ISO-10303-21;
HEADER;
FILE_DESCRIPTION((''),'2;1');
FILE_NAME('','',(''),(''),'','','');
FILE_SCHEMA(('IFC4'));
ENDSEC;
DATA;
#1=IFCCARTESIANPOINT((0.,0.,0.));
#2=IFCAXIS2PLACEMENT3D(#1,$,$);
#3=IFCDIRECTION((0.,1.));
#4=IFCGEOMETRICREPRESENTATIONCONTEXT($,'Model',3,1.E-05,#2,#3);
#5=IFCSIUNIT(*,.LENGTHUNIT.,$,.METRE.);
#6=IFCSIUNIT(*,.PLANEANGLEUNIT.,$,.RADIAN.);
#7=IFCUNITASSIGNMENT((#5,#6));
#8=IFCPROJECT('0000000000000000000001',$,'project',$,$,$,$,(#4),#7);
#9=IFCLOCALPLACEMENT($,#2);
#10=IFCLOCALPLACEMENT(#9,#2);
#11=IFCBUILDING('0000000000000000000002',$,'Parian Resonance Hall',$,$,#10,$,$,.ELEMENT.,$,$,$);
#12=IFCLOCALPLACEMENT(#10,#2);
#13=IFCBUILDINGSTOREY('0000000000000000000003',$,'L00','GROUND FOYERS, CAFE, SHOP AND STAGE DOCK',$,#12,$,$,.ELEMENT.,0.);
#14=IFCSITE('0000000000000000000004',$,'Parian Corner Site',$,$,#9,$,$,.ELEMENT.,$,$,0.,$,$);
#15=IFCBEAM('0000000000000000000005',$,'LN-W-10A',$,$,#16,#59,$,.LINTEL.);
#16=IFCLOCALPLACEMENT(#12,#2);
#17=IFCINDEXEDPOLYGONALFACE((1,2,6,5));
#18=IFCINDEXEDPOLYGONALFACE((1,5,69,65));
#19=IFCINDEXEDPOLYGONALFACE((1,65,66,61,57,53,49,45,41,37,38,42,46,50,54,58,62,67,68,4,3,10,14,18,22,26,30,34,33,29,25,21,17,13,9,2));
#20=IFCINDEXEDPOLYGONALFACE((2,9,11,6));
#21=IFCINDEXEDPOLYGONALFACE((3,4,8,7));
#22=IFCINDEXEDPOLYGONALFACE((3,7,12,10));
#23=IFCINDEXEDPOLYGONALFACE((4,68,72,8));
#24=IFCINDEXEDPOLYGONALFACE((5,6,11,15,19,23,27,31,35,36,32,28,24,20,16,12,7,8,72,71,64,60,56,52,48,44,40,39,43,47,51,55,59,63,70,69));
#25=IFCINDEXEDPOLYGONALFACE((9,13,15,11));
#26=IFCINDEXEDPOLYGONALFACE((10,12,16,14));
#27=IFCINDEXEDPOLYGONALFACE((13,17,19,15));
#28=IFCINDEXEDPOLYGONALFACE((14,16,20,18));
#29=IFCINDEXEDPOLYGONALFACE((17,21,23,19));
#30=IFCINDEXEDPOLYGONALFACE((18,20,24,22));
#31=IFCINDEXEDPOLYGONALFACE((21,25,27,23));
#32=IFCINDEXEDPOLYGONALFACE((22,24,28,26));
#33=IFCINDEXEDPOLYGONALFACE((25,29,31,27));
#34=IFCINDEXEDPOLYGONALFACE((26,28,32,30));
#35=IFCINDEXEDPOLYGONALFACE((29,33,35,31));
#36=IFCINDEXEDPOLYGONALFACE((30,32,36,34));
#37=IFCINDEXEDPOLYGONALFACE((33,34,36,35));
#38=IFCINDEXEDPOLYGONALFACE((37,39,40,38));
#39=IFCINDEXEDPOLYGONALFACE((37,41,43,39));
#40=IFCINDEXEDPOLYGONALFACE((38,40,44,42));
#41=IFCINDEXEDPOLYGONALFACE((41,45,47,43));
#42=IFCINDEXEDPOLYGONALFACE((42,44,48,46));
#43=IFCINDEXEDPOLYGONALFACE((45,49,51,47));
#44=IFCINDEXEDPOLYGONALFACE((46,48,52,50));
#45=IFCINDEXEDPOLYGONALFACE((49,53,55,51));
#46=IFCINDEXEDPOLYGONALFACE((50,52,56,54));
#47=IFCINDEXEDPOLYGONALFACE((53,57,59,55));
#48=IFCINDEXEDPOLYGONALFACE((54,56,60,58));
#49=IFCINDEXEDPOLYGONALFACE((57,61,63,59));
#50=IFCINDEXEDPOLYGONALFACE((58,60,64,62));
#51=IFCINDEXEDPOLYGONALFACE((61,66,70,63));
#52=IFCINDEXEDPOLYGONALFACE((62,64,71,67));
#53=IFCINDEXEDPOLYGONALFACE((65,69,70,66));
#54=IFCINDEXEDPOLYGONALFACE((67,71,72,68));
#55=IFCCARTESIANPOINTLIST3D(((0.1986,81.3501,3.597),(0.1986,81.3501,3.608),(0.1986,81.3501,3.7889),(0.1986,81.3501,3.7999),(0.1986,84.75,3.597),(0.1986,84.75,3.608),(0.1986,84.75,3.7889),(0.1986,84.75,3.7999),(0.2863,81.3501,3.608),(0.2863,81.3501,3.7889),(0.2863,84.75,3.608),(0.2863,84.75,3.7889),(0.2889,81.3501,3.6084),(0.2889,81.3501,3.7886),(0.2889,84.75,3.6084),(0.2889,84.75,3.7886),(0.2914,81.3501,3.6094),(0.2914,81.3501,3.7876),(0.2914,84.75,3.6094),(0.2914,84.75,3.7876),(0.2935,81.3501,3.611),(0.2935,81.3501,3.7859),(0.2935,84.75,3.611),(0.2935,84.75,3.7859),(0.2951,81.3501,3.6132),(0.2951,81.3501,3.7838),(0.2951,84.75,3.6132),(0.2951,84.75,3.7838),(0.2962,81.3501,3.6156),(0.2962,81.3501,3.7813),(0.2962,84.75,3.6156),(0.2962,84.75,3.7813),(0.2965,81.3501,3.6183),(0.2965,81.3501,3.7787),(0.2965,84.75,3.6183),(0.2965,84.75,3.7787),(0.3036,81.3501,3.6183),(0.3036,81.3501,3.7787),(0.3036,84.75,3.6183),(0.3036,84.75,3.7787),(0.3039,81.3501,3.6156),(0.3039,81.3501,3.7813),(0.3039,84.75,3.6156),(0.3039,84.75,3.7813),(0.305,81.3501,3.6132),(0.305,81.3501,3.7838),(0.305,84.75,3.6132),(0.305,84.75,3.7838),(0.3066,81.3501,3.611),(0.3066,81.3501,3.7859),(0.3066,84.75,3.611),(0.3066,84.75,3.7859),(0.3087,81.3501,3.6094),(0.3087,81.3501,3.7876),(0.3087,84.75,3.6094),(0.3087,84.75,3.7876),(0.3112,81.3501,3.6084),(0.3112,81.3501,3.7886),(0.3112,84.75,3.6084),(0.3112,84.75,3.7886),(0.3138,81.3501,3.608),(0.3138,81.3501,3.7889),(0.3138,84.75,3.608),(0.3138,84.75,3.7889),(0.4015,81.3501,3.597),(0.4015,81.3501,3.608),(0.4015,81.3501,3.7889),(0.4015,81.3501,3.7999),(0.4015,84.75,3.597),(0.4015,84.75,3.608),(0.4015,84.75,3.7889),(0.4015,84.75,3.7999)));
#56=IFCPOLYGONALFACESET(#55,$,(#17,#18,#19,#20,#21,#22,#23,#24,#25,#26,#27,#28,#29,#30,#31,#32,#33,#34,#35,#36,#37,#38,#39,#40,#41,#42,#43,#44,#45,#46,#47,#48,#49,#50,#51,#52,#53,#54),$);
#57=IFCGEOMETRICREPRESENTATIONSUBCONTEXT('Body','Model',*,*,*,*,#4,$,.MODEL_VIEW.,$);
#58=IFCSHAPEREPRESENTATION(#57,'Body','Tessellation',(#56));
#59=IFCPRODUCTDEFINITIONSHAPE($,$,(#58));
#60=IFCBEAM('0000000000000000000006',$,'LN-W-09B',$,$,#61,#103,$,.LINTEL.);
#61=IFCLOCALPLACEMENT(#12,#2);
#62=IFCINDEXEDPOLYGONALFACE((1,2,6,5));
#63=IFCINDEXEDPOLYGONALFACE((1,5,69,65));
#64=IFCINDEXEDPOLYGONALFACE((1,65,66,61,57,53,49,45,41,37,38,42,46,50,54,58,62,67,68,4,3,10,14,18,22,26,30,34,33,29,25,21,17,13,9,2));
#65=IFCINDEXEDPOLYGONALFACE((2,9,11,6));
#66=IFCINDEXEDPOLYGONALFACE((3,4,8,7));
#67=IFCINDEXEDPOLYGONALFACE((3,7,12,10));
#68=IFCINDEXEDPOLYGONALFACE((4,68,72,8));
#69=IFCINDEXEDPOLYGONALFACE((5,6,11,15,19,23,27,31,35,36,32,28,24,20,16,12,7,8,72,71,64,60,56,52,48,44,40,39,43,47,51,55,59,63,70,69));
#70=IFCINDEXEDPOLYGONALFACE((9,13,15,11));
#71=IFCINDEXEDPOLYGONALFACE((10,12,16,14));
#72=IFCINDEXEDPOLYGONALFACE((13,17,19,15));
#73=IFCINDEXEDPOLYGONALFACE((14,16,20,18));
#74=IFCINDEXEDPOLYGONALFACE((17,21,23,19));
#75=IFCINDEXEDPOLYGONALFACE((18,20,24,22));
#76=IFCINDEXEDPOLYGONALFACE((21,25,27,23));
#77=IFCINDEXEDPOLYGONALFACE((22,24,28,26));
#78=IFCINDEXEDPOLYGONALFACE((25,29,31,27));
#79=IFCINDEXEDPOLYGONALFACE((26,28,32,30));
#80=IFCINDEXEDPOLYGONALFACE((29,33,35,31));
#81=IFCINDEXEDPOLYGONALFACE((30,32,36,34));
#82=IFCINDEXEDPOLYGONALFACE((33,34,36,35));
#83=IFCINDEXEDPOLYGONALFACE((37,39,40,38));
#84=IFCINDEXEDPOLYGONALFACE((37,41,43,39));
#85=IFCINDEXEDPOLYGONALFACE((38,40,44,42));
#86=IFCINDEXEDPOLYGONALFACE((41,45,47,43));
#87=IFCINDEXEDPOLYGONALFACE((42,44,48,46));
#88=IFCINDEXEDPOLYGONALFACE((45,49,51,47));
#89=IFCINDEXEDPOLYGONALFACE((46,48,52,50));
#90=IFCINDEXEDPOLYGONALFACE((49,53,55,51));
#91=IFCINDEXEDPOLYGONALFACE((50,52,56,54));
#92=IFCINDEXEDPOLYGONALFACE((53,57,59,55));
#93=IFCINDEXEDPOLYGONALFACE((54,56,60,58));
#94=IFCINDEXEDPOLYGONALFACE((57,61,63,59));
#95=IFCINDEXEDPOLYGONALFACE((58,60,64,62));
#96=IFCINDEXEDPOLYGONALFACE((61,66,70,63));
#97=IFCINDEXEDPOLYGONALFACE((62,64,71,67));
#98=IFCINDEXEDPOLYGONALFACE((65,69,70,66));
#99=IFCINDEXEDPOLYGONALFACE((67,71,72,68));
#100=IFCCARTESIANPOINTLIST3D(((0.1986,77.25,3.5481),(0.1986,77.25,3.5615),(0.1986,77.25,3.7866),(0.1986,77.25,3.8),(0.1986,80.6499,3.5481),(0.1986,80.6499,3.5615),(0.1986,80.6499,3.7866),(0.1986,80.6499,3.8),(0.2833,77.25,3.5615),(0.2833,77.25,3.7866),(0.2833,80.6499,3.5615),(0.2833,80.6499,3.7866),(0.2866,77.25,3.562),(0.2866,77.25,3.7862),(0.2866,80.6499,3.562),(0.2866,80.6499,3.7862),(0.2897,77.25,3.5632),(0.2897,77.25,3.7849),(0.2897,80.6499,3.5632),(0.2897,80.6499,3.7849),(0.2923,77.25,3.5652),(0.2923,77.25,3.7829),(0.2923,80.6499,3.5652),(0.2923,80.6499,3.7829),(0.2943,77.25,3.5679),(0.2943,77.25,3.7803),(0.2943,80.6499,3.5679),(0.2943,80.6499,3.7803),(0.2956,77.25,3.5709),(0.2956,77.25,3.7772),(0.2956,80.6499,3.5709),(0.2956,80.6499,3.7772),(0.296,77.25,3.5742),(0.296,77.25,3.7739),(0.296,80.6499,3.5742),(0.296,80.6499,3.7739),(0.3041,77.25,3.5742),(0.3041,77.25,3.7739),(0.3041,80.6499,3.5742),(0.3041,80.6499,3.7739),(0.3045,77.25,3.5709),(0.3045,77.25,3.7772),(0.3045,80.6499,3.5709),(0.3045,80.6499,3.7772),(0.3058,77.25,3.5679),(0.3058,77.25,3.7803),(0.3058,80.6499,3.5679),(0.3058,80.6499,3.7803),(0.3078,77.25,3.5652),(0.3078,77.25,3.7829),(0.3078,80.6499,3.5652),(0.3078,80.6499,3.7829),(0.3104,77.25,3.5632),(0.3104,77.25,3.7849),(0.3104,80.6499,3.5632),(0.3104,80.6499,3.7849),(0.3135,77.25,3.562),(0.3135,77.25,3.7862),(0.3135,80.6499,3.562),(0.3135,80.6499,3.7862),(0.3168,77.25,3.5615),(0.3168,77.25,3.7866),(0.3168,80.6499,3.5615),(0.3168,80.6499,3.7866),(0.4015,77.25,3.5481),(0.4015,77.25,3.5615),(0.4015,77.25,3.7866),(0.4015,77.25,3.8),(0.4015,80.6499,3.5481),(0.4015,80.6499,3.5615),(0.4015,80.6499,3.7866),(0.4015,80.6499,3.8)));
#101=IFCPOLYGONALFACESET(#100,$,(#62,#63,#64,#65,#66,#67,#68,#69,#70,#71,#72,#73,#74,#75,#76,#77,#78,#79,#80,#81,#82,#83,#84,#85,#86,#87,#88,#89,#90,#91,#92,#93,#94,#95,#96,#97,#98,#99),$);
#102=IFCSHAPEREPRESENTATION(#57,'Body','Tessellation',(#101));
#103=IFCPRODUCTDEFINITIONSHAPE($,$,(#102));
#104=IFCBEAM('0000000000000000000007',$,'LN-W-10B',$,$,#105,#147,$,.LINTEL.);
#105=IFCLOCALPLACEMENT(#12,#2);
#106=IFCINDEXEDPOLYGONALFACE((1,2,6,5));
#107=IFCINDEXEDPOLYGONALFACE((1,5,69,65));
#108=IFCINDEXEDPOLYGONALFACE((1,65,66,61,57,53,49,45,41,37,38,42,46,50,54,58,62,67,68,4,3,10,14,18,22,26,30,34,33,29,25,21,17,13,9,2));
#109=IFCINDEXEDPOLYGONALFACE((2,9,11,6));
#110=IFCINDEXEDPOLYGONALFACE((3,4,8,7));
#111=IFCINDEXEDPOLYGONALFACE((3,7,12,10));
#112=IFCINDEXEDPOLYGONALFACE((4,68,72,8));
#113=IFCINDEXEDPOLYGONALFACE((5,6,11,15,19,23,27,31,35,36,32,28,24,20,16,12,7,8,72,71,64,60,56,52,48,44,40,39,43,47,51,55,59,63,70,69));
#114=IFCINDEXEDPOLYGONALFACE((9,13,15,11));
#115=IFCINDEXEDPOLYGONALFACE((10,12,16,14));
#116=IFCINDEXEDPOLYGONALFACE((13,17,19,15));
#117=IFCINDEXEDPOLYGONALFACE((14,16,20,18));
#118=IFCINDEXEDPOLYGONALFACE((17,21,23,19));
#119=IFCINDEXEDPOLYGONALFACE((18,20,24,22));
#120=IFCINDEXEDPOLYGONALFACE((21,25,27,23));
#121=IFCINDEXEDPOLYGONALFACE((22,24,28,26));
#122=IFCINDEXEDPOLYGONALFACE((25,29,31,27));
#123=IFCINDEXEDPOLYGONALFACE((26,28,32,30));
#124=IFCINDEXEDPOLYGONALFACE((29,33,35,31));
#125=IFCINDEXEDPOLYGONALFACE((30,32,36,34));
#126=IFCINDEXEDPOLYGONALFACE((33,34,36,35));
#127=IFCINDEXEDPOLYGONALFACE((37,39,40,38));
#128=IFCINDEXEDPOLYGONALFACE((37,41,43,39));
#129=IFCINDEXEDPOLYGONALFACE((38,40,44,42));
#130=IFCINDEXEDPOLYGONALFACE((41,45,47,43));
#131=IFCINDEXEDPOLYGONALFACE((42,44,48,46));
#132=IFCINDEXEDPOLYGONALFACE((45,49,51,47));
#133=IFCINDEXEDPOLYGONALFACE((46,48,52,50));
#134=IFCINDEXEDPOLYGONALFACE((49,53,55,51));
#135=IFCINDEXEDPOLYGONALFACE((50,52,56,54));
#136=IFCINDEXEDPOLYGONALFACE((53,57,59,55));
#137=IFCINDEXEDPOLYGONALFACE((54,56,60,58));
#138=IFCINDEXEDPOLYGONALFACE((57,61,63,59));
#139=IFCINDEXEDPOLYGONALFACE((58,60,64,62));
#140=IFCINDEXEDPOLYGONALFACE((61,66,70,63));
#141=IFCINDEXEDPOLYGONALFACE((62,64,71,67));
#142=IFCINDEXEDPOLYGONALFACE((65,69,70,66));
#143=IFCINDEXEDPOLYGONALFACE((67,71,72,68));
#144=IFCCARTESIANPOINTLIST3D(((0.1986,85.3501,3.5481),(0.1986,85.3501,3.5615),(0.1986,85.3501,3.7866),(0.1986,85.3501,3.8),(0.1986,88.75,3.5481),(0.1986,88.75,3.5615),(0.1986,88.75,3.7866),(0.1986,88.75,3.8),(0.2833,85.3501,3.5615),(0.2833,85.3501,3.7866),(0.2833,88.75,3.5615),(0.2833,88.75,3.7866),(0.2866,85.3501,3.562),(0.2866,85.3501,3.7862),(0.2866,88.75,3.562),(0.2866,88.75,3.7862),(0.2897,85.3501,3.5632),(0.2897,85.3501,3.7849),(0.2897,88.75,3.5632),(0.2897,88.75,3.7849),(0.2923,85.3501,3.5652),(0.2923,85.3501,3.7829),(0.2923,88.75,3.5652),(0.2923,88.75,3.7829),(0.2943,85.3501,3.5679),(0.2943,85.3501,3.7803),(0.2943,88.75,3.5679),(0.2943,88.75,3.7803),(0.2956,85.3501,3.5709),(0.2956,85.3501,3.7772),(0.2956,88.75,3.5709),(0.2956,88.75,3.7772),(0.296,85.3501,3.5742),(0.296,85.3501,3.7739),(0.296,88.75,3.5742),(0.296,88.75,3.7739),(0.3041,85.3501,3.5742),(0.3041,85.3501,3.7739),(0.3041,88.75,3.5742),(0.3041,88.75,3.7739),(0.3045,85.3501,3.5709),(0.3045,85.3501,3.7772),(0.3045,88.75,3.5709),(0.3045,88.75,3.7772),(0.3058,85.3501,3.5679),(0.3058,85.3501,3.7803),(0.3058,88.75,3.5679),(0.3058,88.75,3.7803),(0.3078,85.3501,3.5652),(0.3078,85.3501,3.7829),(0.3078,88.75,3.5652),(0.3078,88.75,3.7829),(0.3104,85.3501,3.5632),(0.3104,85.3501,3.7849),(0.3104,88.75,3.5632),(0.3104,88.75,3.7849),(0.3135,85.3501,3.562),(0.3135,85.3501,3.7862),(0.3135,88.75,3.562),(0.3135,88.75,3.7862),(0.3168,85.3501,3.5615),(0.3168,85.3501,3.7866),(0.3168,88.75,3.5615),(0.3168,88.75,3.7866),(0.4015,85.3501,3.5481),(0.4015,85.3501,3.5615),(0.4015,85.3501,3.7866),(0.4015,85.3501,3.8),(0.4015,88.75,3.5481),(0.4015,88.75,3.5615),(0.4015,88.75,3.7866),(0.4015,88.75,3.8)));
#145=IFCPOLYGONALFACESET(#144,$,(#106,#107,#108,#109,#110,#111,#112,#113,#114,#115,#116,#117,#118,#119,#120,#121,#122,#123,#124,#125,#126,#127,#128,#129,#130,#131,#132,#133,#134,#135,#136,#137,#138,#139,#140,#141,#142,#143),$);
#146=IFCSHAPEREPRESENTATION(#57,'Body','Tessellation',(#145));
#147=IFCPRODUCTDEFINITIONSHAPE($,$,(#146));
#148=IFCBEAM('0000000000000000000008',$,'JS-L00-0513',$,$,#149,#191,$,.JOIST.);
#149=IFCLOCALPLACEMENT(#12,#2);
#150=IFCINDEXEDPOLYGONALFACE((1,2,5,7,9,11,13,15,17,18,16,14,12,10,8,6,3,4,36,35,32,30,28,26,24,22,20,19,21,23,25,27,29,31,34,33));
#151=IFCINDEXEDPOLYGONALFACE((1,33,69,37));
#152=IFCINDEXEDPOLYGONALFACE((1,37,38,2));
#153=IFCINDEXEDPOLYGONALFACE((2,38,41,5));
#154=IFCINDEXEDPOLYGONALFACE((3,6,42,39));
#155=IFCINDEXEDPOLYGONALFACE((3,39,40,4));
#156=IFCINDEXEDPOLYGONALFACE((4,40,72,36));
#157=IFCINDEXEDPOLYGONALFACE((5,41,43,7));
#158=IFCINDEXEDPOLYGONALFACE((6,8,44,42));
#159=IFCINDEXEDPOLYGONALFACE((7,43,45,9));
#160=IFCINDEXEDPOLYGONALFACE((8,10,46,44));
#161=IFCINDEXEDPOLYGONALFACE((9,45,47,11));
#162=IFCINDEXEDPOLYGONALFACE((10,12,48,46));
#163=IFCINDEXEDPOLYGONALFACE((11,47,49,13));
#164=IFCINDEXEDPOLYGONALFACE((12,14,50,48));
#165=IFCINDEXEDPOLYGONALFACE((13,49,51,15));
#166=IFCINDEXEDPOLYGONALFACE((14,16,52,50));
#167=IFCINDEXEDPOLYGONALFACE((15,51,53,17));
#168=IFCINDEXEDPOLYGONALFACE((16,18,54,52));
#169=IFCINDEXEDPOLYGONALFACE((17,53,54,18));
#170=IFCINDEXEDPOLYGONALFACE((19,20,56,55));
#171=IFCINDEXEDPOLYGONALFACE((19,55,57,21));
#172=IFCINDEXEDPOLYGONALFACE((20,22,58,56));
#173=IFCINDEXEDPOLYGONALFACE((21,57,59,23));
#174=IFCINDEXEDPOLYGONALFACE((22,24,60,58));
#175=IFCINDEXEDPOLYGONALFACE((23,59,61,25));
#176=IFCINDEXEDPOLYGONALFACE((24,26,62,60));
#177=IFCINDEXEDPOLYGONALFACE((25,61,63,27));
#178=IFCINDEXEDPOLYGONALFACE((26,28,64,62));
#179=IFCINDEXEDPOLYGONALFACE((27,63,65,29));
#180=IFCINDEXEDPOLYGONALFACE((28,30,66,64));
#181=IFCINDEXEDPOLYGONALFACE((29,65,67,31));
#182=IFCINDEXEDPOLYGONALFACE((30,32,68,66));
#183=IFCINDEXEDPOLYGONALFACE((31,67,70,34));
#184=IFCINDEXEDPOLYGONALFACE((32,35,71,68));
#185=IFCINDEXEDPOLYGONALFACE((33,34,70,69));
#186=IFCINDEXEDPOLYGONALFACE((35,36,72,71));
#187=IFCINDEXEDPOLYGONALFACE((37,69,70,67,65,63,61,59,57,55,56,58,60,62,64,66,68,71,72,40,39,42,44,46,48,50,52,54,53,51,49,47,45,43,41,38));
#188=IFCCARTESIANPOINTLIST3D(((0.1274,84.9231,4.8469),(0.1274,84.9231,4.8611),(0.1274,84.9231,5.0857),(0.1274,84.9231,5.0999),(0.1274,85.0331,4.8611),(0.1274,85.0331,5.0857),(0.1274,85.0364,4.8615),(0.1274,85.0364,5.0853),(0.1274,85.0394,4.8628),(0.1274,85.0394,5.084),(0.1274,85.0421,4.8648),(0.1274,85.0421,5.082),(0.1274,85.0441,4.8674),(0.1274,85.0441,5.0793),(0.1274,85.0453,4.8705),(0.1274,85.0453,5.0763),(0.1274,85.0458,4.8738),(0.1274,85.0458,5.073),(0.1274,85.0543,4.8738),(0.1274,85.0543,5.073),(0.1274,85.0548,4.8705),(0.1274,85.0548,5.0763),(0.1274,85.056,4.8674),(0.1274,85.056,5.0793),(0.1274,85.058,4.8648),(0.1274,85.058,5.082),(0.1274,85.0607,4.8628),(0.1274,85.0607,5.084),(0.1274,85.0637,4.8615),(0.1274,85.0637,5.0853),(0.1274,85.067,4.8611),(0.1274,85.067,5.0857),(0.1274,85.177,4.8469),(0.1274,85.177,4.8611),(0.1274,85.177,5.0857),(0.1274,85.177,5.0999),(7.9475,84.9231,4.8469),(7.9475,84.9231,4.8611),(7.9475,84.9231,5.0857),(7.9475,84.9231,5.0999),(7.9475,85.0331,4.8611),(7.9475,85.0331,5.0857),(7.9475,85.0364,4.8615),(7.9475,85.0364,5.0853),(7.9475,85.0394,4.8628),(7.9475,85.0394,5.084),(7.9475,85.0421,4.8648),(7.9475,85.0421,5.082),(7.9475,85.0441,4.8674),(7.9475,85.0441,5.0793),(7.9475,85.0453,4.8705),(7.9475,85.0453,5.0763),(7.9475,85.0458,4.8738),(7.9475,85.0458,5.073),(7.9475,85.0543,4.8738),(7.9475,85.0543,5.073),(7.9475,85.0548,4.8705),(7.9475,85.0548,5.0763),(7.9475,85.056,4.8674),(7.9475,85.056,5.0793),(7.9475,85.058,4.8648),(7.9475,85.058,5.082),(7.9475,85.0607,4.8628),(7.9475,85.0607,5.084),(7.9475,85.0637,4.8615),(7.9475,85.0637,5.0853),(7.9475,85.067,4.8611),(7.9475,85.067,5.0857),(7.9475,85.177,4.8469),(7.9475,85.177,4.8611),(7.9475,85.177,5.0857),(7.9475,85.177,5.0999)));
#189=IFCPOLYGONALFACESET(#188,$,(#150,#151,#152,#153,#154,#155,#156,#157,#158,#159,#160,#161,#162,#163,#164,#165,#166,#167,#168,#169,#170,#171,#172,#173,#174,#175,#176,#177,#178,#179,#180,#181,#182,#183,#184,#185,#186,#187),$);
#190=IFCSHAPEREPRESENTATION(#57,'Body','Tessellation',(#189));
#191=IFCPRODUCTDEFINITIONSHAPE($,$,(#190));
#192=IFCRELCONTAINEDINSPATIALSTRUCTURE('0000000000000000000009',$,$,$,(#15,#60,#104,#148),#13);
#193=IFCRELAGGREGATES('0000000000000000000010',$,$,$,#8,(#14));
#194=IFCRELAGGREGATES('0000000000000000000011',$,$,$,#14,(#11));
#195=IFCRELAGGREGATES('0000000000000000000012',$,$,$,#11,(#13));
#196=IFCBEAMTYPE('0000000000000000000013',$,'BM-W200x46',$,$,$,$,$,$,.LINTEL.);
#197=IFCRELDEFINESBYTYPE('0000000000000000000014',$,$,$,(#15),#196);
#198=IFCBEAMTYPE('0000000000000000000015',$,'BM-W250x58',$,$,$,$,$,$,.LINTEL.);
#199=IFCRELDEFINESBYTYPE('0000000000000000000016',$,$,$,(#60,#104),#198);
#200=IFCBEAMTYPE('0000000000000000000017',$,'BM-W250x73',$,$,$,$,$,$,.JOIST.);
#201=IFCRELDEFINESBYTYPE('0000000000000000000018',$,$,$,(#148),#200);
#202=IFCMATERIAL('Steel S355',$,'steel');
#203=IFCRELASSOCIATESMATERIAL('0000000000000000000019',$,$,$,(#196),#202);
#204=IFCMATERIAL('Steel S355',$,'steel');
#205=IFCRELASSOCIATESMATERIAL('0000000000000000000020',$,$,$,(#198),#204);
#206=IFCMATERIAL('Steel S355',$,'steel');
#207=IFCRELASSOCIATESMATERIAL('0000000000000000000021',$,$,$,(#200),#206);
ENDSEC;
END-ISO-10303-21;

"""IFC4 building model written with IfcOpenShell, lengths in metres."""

from ifc_helpers import new_model, si_unit, direction, frame, origin, origin_2d, place, context, subcontext, project, spatial, i_section, extrude, material, material_profile, profile_set, type_object, element, save


model = new_model("IFC4")

# Units and contexts
model_context = context("Model", 3, precision=1e-05, world=origin(), true_north=direction((0.0, 1.0)))
body_context = subcontext(model_context, "Body", "Model", "MODEL_VIEW")
ifc_project = project(units=[si_unit("LENGTHUNIT", "METRE"), si_unit("PLANEANGLEUNIT", "RADIAN")], contexts=[model_context])

# Site, building, storey
site_placement = place(None, origin())
site = spatial("IfcSite", under=ifc_project, at=site_placement, Name="Parian Corner Site", CompositionType="ELEMENT", RefElevation=0.0)
building_placement = place(site_placement, origin())
building = spatial("IfcBuilding", under=site, at=building_placement, Name="Parian Resonance Hall", CompositionType="ELEMENT")
storey_placement = place(building_placement, origin())
storey = spatial("IfcBuildingStorey", under=building, at=storey_placement, Name="L00", Description="GROUND FOYERS, CAFE, SHOP AND STAGE DOCK", CompositionType="ELEMENT", Elevation=0.0)

# Beams
ifc_material_1 = material(Name="Steel S355", Category="steel")
ifc_material_profile_1 = material_profile(ifc_material_1, i_section(OverallWidth=0.2029, OverallDepth=0.2029, WebThickness=0.0071, FlangeThickness=0.011, FilletRadius=0.0103, at=origin_2d()), Name="W200x46")
ifc_profile_set_1 = profile_set([ifc_material_profile_1], Name="Steel S355")
beam_type_1 = type_object("IfcBeamType", Name="BM-W200x46", PredefinedType="LINTEL", material=ifc_profile_set_1)
beam_1_placement = place(storey_placement, frame((0.3, 81.3501, 3.6985), z_axis=(0.0, 1.0, 0.0), x_axis=(-1.0, 0.0, 0.0)))
element("IfcBeam", 1, at=beam_1_placement, inside=storey, type_object=beam_type_1, Name="LN-W-10A", PredefinedType="LINTEL", context=body_context, shape_type="SweptSolid", body=[
    extrude(i_section(OverallWidth=0.2029, OverallDepth=0.2029, WebThickness=0.0071, FlangeThickness=0.011, FilletRadius=0.0103, at=origin_2d()), origin(), (0.0, 0.0, 1.0), 3.3999),
])
ifc_material_2 = material(Name="Steel S355", Category="steel")
ifc_material_profile_2 = material_profile(ifc_material_2, i_section(OverallWidth=0.2029, OverallDepth=0.252, WebThickness=0.0081, FlangeThickness=0.0134, FilletRadius=0.0127, at=origin_2d()), Name="W250x58")
ifc_profile_set_2 = profile_set([ifc_material_profile_2], Name="Steel S355")
beam_type_2 = type_object("IfcBeamType", Name="BM-W250x58", PredefinedType="LINTEL", material=ifc_profile_set_2)
for number, where, z_axis, x_axis, name in (
    (2, (0.3, 77.25, 3.6741), (0.0, 1.0, 0.0), (-1.0, 0.0, 0.0), "LN-W-09B"),
    (3, (0.3, 85.3501, 3.6741), (0.0, 1.0, 0.0), (-1.0, 0.0, 0.0), "LN-W-10B"),
):
    element("IfcBeam", number, at=place(storey_placement, frame(where, z_axis=z_axis, x_axis=x_axis)), inside=storey, type_object=beam_type_2, Name=name, PredefinedType="LINTEL", context=body_context, shape_type="SweptSolid", body=[
        extrude(i_section(OverallWidth=0.2029, OverallDepth=0.252, WebThickness=0.0081, FlangeThickness=0.0134, FilletRadius=0.0127, at=origin_2d()), origin(), (0.0, 0.0, 1.0), 3.3999),
    ])
ifc_material_3 = material(Name="Steel S355", Category="steel")
ifc_material_profile_3 = material_profile(ifc_material_3, i_section(OverallWidth=0.2539, OverallDepth=0.2529, WebThickness=0.0085, FlangeThickness=0.0142, FilletRadius=0.0127, at=origin_2d()), Name="W250x73")
ifc_profile_set_3 = profile_set([ifc_material_profile_3], Name="Steel S355")
beam_type_3 = type_object("IfcBeamType", Name="BM-W250x73", PredefinedType="JOIST", material=ifc_profile_set_3)
for number, where, z_axis, x_axis, name in (
    (4, (0.1274, 85.05, 4.9734), (1.0, 0.0, 0.0), (0.0, 1.0, 0.0), "JS-L00-0513"),
):
    element("IfcBeam", number, at=place(storey_placement, frame(where, z_axis=z_axis, x_axis=x_axis)), inside=storey, type_object=beam_type_3, Name=name, PredefinedType="JOIST", context=body_context, shape_type="SweptSolid", body=[
        extrude(i_section(OverallWidth=0.2539, OverallDepth=0.2529, WebThickness=0.0085, FlangeThickness=0.0142, FilletRadius=0.0127, at=origin_2d()), origin(), (0.0, 0.0, 1.0), 7.8201),
    ])

save(model, "model.ifc")
